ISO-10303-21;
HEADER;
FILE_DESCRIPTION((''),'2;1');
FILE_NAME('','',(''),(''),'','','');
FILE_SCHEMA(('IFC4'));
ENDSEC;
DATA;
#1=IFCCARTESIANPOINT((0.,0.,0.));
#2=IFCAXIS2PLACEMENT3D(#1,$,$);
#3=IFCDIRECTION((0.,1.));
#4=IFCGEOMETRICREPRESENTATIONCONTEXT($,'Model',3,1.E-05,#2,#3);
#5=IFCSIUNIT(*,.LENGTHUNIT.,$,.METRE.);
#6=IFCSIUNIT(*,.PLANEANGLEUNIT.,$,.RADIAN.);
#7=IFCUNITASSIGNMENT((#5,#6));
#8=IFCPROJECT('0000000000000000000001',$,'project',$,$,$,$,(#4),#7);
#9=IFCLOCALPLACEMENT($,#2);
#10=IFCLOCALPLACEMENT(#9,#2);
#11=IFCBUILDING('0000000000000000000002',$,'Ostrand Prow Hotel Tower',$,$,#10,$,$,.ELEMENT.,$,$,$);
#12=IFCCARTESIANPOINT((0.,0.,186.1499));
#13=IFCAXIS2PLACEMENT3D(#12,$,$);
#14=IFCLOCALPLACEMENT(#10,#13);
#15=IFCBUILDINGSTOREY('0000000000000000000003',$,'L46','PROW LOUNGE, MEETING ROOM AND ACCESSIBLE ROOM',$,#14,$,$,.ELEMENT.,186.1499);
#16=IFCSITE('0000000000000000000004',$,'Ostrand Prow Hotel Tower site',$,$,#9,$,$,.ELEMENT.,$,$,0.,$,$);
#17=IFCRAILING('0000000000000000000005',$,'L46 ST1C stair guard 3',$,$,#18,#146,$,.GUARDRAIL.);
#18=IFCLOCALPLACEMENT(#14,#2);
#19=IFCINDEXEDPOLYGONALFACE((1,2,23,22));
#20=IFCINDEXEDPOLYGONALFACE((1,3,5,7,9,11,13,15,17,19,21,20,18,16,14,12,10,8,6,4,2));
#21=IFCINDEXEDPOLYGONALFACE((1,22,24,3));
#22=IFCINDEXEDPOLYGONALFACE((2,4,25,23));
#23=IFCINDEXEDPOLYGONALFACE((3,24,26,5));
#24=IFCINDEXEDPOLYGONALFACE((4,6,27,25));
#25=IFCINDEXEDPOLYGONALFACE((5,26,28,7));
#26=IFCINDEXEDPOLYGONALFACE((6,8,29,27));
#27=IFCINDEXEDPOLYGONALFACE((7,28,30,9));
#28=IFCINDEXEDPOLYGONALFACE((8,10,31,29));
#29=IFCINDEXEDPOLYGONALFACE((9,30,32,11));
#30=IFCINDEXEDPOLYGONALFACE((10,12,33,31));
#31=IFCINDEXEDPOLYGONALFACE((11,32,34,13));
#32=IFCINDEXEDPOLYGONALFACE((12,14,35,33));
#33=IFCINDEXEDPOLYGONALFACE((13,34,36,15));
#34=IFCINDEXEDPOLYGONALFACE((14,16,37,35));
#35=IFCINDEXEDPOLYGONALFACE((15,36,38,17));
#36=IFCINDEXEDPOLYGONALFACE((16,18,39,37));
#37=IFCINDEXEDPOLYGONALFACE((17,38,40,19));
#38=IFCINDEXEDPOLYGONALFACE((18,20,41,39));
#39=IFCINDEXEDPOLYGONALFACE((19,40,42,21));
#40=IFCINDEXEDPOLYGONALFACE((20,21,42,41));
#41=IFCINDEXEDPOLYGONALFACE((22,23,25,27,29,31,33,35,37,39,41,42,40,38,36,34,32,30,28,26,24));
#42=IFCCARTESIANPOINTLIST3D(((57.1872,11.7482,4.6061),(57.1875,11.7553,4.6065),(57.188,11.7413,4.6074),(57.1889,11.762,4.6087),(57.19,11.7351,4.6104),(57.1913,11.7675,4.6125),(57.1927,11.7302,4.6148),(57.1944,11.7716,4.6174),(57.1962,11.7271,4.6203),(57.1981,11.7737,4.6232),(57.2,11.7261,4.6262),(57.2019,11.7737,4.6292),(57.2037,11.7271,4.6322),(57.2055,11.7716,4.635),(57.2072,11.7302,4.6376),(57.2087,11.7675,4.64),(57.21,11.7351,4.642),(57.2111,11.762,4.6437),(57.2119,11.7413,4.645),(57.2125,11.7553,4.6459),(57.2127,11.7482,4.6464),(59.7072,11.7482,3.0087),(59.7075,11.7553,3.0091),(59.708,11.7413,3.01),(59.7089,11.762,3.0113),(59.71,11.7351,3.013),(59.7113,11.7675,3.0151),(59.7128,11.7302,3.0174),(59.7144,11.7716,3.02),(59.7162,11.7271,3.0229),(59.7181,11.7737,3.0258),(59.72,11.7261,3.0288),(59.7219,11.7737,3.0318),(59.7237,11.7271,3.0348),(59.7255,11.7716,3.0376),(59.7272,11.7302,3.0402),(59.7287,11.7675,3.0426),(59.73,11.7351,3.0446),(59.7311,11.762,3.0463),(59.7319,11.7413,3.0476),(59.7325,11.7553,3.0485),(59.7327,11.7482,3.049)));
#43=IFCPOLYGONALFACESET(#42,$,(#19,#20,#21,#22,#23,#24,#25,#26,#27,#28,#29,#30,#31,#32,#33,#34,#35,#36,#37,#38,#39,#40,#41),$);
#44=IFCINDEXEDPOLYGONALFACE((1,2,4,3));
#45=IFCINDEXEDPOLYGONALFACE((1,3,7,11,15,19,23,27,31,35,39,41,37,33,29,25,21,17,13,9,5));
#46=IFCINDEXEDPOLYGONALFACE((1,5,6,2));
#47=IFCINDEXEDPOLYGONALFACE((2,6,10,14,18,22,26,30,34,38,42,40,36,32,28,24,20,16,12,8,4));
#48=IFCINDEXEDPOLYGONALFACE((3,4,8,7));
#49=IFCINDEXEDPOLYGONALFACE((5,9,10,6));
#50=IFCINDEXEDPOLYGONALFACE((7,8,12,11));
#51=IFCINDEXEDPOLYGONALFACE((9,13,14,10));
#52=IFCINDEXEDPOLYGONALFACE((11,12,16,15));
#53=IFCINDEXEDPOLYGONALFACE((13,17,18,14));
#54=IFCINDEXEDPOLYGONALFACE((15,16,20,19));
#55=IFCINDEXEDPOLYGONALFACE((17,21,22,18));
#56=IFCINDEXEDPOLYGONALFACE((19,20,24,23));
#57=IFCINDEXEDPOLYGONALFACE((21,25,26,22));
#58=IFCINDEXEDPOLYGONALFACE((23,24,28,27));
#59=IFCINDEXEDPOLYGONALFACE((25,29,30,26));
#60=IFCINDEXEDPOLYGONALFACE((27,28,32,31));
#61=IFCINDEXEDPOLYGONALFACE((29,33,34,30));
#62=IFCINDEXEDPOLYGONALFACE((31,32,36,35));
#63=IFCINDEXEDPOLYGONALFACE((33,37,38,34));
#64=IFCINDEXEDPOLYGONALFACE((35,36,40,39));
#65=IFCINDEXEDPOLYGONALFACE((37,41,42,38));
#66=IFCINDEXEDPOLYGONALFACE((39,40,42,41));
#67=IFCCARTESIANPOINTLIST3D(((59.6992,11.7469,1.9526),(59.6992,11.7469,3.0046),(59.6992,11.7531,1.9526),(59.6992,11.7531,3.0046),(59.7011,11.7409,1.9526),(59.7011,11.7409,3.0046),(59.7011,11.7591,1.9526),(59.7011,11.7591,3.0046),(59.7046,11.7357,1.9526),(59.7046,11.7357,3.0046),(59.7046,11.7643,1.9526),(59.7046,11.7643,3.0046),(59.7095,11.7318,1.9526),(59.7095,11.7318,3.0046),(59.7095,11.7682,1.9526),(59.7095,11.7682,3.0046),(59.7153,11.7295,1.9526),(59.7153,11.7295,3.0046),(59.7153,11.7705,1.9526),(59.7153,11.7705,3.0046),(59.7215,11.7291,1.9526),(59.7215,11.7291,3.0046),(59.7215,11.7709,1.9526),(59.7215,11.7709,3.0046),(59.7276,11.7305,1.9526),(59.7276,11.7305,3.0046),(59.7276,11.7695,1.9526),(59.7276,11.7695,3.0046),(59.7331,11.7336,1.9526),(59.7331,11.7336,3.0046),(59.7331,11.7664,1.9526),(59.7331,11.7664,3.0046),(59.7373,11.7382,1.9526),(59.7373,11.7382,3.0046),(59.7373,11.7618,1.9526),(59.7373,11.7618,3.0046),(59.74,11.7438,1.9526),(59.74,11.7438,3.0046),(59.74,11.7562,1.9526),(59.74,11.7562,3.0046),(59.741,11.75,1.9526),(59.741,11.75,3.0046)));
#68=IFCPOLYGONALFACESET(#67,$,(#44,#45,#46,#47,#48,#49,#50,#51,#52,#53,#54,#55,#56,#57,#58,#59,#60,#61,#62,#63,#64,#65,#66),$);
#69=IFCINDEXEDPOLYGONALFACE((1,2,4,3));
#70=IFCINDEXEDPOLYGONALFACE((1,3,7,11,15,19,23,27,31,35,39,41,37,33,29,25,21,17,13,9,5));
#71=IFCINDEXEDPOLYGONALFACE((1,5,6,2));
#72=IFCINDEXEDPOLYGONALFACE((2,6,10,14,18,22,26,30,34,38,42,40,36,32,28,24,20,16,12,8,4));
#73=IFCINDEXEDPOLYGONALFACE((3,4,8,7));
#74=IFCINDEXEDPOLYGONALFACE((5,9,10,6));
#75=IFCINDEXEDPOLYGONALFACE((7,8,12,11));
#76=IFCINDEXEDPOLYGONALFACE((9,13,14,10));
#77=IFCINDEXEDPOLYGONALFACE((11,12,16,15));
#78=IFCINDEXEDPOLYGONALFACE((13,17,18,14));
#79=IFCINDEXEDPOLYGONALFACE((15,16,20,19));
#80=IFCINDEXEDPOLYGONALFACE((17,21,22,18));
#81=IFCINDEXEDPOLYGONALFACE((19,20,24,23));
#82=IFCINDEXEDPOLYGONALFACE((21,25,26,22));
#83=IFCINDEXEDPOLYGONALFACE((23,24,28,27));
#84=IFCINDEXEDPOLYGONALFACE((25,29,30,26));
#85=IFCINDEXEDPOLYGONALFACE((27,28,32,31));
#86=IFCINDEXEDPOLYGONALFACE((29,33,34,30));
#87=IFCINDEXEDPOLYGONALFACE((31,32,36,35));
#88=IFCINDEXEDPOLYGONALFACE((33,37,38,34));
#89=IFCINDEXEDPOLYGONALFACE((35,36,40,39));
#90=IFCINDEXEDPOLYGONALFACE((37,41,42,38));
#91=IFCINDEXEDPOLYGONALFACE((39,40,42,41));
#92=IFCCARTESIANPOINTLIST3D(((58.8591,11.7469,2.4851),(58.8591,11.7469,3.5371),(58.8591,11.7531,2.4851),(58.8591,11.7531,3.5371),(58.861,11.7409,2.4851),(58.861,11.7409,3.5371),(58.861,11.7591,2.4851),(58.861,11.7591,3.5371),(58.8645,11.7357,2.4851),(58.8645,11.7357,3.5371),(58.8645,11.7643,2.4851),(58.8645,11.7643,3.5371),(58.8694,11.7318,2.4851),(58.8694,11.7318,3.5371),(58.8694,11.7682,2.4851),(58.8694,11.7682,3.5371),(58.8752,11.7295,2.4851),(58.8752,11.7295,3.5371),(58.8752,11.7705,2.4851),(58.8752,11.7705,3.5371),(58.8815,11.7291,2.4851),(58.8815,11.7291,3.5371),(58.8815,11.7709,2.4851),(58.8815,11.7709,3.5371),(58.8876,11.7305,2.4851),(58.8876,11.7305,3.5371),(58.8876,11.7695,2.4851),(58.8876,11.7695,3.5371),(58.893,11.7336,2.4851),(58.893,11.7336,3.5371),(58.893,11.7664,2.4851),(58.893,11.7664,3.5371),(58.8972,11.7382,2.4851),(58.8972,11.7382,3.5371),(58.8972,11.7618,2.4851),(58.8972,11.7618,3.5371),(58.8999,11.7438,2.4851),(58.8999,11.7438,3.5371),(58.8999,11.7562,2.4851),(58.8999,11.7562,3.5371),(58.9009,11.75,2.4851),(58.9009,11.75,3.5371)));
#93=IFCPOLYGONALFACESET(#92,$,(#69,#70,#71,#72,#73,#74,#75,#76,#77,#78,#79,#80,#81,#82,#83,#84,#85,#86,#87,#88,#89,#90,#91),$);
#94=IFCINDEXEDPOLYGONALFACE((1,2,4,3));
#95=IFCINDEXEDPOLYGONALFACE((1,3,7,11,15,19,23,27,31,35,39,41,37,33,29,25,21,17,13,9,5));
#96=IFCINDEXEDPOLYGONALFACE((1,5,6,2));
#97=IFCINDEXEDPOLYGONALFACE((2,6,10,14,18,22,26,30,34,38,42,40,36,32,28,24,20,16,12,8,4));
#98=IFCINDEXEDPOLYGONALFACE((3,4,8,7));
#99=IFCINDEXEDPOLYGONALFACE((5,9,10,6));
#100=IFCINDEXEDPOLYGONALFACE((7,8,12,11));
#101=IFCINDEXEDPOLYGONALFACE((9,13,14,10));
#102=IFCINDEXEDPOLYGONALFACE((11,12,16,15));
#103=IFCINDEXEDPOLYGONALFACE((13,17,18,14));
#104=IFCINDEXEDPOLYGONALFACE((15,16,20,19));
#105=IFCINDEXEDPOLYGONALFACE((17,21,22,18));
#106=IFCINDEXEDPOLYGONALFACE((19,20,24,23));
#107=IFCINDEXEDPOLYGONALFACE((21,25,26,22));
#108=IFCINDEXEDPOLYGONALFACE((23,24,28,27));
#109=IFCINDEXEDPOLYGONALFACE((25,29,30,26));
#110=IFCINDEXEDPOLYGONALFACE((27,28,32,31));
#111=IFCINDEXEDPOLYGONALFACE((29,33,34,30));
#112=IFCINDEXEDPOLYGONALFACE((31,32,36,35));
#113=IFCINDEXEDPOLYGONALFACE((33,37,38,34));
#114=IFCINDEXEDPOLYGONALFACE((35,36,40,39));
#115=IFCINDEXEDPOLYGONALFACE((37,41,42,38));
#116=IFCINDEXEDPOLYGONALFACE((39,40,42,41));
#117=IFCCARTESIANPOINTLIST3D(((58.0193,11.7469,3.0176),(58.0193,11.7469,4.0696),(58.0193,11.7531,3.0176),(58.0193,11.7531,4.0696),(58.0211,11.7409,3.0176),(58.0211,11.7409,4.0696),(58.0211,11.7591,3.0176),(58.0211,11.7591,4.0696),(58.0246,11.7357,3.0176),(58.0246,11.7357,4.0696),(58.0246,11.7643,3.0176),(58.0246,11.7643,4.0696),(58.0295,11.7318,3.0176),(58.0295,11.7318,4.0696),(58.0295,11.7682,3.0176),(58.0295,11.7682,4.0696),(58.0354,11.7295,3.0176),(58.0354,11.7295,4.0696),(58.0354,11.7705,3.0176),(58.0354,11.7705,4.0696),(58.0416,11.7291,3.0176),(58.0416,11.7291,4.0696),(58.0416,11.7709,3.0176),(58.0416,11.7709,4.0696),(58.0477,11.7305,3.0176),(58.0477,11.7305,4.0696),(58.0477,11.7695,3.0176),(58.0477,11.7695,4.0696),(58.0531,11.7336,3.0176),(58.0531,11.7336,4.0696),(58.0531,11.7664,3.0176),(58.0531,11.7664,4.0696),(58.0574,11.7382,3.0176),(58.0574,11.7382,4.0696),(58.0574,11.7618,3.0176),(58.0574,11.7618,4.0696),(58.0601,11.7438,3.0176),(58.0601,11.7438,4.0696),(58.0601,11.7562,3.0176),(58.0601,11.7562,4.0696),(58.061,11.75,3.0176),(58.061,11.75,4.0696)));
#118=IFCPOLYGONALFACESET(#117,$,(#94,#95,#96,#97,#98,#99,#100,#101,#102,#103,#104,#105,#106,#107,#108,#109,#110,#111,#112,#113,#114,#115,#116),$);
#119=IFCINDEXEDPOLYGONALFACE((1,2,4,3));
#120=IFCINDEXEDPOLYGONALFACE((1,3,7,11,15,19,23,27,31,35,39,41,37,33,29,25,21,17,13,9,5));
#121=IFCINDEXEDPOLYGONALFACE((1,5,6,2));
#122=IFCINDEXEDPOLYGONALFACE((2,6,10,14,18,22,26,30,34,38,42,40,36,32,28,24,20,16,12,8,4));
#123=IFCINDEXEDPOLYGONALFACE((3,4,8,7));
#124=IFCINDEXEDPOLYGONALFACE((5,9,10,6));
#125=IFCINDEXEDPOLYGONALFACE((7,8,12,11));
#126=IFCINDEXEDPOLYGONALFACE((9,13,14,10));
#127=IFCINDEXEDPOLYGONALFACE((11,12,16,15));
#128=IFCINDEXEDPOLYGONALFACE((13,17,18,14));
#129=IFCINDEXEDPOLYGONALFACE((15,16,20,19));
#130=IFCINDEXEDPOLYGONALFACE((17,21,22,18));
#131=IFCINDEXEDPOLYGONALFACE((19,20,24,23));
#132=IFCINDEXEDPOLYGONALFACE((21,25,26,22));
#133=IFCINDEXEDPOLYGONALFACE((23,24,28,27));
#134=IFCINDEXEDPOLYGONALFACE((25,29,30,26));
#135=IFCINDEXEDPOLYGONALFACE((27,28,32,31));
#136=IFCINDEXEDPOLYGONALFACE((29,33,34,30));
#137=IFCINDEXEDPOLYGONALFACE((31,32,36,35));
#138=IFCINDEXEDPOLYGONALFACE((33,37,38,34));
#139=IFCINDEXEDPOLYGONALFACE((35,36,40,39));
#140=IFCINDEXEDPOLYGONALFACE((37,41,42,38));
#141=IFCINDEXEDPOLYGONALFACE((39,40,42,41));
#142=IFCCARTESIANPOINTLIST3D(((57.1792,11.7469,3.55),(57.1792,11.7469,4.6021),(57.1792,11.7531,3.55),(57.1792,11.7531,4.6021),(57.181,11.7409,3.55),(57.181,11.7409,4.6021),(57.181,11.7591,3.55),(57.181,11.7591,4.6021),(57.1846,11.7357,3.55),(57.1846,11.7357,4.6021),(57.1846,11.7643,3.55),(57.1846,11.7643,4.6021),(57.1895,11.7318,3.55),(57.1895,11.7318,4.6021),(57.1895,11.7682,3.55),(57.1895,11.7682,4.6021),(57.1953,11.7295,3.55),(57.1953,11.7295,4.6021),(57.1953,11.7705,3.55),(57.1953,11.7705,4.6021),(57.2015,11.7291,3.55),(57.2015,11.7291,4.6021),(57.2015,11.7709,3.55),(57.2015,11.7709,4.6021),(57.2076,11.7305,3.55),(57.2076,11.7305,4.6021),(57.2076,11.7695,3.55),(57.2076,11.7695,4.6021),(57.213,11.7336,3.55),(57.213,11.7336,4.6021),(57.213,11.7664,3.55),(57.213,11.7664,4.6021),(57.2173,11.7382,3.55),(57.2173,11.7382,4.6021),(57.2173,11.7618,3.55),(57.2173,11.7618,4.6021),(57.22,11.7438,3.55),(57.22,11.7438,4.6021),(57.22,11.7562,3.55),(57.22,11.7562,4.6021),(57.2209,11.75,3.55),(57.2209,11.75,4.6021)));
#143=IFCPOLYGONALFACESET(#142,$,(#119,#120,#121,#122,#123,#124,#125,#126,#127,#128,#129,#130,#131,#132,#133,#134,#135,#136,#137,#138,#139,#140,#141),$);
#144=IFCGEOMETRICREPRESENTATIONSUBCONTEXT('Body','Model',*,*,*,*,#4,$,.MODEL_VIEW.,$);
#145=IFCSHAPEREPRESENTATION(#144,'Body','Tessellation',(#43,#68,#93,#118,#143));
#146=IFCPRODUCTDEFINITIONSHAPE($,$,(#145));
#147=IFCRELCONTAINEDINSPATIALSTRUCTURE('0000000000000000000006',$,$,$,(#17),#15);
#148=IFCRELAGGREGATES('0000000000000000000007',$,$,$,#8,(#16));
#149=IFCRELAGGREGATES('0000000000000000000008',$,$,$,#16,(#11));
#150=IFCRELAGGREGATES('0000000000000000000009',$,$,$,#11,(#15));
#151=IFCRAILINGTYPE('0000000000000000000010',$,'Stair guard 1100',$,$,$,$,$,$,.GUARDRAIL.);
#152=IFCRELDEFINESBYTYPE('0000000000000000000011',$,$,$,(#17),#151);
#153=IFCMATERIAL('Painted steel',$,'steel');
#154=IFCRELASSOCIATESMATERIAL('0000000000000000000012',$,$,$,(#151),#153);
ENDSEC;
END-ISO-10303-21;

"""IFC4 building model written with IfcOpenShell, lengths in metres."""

from ifc_helpers import new_model, si_unit, direction, frame, origin, origin_2d, place, context, subcontext, project, spatial, circle, extrude, material, type_object, element, save


model = new_model("IFC4")

# Units and contexts
model_context = context("Model", 3, precision=1e-05, world=origin(), true_north=direction((0.0, 1.0)))
body_context = subcontext(model_context, "Body", "Model", "MODEL_VIEW")
ifc_project = project(units=[si_unit("LENGTHUNIT", "METRE"), si_unit("PLANEANGLEUNIT", "RADIAN")], contexts=[model_context])

# Site, building, storey
site_placement = place(None, origin())
site = spatial("IfcSite", under=ifc_project, at=site_placement, Name="Ostrand Prow Hotel Tower site", CompositionType="ELEMENT", RefElevation=0.0)
building_placement = place(site_placement, origin())
building = spatial("IfcBuilding", under=site, at=building_placement, Name="Ostrand Prow Hotel Tower", CompositionType="ELEMENT")
storey_placement = place(building_placement, frame((0.0, 0.0, 186.1499)))
storey = spatial("IfcBuildingStorey", under=building, at=storey_placement, Name="L46", Description="PROW LOUNGE, MEETING ROOM AND ACCESSIBLE ROOM", CompositionType="ELEMENT", Elevation=186.1499)

# Railing
ifc_material_1 = material(Name="Painted steel", Category="steel")
railing_type_1 = type_object("IfcRailingType", Name="Stair guard 1100", PredefinedType="GUARDRAIL", material=ifc_material_1)
railing_1_placement = place(storey_placement, frame((59.72, 11.75, 1.9526)))
element("IfcRailing", 1, at=railing_1_placement, inside=storey, type_object=railing_type_1, Name="L46 ST1C stair guard 3", PredefinedType="GUARDRAIL", context=body_context, shape_type="SweptSolid", body=[
    extrude(circle(Radius=0.0239, at=origin_2d()), frame((0.0, 0.0, 1.0762), z_axis=(-0.844607, 0.0, 0.535387), x_axis=(0.0, -1.0, 0.0)), (0.0, 0.0, 1.0), 2.9836),
    extrude(circle(Radius=0.021, at=origin_2d()), origin(), (0.0, 0.0, 1.0), 1.052),
    extrude(circle(Radius=0.021, at=origin_2d()), frame((-0.8401, 0.0, 0.5325)), (0.0, 0.0, 1.0), 1.052),
    extrude(circle(Radius=0.021, at=origin_2d()), frame((-1.6799, 0.0, 1.0649)), (0.0, 0.0, 1.0), 1.052),
    extrude(circle(Radius=0.021, at=origin_2d()), frame((-2.52, 0.0, 1.5974)), (0.0, 0.0, 1.0), 1.052),
])

save(model, "model.ifc")
